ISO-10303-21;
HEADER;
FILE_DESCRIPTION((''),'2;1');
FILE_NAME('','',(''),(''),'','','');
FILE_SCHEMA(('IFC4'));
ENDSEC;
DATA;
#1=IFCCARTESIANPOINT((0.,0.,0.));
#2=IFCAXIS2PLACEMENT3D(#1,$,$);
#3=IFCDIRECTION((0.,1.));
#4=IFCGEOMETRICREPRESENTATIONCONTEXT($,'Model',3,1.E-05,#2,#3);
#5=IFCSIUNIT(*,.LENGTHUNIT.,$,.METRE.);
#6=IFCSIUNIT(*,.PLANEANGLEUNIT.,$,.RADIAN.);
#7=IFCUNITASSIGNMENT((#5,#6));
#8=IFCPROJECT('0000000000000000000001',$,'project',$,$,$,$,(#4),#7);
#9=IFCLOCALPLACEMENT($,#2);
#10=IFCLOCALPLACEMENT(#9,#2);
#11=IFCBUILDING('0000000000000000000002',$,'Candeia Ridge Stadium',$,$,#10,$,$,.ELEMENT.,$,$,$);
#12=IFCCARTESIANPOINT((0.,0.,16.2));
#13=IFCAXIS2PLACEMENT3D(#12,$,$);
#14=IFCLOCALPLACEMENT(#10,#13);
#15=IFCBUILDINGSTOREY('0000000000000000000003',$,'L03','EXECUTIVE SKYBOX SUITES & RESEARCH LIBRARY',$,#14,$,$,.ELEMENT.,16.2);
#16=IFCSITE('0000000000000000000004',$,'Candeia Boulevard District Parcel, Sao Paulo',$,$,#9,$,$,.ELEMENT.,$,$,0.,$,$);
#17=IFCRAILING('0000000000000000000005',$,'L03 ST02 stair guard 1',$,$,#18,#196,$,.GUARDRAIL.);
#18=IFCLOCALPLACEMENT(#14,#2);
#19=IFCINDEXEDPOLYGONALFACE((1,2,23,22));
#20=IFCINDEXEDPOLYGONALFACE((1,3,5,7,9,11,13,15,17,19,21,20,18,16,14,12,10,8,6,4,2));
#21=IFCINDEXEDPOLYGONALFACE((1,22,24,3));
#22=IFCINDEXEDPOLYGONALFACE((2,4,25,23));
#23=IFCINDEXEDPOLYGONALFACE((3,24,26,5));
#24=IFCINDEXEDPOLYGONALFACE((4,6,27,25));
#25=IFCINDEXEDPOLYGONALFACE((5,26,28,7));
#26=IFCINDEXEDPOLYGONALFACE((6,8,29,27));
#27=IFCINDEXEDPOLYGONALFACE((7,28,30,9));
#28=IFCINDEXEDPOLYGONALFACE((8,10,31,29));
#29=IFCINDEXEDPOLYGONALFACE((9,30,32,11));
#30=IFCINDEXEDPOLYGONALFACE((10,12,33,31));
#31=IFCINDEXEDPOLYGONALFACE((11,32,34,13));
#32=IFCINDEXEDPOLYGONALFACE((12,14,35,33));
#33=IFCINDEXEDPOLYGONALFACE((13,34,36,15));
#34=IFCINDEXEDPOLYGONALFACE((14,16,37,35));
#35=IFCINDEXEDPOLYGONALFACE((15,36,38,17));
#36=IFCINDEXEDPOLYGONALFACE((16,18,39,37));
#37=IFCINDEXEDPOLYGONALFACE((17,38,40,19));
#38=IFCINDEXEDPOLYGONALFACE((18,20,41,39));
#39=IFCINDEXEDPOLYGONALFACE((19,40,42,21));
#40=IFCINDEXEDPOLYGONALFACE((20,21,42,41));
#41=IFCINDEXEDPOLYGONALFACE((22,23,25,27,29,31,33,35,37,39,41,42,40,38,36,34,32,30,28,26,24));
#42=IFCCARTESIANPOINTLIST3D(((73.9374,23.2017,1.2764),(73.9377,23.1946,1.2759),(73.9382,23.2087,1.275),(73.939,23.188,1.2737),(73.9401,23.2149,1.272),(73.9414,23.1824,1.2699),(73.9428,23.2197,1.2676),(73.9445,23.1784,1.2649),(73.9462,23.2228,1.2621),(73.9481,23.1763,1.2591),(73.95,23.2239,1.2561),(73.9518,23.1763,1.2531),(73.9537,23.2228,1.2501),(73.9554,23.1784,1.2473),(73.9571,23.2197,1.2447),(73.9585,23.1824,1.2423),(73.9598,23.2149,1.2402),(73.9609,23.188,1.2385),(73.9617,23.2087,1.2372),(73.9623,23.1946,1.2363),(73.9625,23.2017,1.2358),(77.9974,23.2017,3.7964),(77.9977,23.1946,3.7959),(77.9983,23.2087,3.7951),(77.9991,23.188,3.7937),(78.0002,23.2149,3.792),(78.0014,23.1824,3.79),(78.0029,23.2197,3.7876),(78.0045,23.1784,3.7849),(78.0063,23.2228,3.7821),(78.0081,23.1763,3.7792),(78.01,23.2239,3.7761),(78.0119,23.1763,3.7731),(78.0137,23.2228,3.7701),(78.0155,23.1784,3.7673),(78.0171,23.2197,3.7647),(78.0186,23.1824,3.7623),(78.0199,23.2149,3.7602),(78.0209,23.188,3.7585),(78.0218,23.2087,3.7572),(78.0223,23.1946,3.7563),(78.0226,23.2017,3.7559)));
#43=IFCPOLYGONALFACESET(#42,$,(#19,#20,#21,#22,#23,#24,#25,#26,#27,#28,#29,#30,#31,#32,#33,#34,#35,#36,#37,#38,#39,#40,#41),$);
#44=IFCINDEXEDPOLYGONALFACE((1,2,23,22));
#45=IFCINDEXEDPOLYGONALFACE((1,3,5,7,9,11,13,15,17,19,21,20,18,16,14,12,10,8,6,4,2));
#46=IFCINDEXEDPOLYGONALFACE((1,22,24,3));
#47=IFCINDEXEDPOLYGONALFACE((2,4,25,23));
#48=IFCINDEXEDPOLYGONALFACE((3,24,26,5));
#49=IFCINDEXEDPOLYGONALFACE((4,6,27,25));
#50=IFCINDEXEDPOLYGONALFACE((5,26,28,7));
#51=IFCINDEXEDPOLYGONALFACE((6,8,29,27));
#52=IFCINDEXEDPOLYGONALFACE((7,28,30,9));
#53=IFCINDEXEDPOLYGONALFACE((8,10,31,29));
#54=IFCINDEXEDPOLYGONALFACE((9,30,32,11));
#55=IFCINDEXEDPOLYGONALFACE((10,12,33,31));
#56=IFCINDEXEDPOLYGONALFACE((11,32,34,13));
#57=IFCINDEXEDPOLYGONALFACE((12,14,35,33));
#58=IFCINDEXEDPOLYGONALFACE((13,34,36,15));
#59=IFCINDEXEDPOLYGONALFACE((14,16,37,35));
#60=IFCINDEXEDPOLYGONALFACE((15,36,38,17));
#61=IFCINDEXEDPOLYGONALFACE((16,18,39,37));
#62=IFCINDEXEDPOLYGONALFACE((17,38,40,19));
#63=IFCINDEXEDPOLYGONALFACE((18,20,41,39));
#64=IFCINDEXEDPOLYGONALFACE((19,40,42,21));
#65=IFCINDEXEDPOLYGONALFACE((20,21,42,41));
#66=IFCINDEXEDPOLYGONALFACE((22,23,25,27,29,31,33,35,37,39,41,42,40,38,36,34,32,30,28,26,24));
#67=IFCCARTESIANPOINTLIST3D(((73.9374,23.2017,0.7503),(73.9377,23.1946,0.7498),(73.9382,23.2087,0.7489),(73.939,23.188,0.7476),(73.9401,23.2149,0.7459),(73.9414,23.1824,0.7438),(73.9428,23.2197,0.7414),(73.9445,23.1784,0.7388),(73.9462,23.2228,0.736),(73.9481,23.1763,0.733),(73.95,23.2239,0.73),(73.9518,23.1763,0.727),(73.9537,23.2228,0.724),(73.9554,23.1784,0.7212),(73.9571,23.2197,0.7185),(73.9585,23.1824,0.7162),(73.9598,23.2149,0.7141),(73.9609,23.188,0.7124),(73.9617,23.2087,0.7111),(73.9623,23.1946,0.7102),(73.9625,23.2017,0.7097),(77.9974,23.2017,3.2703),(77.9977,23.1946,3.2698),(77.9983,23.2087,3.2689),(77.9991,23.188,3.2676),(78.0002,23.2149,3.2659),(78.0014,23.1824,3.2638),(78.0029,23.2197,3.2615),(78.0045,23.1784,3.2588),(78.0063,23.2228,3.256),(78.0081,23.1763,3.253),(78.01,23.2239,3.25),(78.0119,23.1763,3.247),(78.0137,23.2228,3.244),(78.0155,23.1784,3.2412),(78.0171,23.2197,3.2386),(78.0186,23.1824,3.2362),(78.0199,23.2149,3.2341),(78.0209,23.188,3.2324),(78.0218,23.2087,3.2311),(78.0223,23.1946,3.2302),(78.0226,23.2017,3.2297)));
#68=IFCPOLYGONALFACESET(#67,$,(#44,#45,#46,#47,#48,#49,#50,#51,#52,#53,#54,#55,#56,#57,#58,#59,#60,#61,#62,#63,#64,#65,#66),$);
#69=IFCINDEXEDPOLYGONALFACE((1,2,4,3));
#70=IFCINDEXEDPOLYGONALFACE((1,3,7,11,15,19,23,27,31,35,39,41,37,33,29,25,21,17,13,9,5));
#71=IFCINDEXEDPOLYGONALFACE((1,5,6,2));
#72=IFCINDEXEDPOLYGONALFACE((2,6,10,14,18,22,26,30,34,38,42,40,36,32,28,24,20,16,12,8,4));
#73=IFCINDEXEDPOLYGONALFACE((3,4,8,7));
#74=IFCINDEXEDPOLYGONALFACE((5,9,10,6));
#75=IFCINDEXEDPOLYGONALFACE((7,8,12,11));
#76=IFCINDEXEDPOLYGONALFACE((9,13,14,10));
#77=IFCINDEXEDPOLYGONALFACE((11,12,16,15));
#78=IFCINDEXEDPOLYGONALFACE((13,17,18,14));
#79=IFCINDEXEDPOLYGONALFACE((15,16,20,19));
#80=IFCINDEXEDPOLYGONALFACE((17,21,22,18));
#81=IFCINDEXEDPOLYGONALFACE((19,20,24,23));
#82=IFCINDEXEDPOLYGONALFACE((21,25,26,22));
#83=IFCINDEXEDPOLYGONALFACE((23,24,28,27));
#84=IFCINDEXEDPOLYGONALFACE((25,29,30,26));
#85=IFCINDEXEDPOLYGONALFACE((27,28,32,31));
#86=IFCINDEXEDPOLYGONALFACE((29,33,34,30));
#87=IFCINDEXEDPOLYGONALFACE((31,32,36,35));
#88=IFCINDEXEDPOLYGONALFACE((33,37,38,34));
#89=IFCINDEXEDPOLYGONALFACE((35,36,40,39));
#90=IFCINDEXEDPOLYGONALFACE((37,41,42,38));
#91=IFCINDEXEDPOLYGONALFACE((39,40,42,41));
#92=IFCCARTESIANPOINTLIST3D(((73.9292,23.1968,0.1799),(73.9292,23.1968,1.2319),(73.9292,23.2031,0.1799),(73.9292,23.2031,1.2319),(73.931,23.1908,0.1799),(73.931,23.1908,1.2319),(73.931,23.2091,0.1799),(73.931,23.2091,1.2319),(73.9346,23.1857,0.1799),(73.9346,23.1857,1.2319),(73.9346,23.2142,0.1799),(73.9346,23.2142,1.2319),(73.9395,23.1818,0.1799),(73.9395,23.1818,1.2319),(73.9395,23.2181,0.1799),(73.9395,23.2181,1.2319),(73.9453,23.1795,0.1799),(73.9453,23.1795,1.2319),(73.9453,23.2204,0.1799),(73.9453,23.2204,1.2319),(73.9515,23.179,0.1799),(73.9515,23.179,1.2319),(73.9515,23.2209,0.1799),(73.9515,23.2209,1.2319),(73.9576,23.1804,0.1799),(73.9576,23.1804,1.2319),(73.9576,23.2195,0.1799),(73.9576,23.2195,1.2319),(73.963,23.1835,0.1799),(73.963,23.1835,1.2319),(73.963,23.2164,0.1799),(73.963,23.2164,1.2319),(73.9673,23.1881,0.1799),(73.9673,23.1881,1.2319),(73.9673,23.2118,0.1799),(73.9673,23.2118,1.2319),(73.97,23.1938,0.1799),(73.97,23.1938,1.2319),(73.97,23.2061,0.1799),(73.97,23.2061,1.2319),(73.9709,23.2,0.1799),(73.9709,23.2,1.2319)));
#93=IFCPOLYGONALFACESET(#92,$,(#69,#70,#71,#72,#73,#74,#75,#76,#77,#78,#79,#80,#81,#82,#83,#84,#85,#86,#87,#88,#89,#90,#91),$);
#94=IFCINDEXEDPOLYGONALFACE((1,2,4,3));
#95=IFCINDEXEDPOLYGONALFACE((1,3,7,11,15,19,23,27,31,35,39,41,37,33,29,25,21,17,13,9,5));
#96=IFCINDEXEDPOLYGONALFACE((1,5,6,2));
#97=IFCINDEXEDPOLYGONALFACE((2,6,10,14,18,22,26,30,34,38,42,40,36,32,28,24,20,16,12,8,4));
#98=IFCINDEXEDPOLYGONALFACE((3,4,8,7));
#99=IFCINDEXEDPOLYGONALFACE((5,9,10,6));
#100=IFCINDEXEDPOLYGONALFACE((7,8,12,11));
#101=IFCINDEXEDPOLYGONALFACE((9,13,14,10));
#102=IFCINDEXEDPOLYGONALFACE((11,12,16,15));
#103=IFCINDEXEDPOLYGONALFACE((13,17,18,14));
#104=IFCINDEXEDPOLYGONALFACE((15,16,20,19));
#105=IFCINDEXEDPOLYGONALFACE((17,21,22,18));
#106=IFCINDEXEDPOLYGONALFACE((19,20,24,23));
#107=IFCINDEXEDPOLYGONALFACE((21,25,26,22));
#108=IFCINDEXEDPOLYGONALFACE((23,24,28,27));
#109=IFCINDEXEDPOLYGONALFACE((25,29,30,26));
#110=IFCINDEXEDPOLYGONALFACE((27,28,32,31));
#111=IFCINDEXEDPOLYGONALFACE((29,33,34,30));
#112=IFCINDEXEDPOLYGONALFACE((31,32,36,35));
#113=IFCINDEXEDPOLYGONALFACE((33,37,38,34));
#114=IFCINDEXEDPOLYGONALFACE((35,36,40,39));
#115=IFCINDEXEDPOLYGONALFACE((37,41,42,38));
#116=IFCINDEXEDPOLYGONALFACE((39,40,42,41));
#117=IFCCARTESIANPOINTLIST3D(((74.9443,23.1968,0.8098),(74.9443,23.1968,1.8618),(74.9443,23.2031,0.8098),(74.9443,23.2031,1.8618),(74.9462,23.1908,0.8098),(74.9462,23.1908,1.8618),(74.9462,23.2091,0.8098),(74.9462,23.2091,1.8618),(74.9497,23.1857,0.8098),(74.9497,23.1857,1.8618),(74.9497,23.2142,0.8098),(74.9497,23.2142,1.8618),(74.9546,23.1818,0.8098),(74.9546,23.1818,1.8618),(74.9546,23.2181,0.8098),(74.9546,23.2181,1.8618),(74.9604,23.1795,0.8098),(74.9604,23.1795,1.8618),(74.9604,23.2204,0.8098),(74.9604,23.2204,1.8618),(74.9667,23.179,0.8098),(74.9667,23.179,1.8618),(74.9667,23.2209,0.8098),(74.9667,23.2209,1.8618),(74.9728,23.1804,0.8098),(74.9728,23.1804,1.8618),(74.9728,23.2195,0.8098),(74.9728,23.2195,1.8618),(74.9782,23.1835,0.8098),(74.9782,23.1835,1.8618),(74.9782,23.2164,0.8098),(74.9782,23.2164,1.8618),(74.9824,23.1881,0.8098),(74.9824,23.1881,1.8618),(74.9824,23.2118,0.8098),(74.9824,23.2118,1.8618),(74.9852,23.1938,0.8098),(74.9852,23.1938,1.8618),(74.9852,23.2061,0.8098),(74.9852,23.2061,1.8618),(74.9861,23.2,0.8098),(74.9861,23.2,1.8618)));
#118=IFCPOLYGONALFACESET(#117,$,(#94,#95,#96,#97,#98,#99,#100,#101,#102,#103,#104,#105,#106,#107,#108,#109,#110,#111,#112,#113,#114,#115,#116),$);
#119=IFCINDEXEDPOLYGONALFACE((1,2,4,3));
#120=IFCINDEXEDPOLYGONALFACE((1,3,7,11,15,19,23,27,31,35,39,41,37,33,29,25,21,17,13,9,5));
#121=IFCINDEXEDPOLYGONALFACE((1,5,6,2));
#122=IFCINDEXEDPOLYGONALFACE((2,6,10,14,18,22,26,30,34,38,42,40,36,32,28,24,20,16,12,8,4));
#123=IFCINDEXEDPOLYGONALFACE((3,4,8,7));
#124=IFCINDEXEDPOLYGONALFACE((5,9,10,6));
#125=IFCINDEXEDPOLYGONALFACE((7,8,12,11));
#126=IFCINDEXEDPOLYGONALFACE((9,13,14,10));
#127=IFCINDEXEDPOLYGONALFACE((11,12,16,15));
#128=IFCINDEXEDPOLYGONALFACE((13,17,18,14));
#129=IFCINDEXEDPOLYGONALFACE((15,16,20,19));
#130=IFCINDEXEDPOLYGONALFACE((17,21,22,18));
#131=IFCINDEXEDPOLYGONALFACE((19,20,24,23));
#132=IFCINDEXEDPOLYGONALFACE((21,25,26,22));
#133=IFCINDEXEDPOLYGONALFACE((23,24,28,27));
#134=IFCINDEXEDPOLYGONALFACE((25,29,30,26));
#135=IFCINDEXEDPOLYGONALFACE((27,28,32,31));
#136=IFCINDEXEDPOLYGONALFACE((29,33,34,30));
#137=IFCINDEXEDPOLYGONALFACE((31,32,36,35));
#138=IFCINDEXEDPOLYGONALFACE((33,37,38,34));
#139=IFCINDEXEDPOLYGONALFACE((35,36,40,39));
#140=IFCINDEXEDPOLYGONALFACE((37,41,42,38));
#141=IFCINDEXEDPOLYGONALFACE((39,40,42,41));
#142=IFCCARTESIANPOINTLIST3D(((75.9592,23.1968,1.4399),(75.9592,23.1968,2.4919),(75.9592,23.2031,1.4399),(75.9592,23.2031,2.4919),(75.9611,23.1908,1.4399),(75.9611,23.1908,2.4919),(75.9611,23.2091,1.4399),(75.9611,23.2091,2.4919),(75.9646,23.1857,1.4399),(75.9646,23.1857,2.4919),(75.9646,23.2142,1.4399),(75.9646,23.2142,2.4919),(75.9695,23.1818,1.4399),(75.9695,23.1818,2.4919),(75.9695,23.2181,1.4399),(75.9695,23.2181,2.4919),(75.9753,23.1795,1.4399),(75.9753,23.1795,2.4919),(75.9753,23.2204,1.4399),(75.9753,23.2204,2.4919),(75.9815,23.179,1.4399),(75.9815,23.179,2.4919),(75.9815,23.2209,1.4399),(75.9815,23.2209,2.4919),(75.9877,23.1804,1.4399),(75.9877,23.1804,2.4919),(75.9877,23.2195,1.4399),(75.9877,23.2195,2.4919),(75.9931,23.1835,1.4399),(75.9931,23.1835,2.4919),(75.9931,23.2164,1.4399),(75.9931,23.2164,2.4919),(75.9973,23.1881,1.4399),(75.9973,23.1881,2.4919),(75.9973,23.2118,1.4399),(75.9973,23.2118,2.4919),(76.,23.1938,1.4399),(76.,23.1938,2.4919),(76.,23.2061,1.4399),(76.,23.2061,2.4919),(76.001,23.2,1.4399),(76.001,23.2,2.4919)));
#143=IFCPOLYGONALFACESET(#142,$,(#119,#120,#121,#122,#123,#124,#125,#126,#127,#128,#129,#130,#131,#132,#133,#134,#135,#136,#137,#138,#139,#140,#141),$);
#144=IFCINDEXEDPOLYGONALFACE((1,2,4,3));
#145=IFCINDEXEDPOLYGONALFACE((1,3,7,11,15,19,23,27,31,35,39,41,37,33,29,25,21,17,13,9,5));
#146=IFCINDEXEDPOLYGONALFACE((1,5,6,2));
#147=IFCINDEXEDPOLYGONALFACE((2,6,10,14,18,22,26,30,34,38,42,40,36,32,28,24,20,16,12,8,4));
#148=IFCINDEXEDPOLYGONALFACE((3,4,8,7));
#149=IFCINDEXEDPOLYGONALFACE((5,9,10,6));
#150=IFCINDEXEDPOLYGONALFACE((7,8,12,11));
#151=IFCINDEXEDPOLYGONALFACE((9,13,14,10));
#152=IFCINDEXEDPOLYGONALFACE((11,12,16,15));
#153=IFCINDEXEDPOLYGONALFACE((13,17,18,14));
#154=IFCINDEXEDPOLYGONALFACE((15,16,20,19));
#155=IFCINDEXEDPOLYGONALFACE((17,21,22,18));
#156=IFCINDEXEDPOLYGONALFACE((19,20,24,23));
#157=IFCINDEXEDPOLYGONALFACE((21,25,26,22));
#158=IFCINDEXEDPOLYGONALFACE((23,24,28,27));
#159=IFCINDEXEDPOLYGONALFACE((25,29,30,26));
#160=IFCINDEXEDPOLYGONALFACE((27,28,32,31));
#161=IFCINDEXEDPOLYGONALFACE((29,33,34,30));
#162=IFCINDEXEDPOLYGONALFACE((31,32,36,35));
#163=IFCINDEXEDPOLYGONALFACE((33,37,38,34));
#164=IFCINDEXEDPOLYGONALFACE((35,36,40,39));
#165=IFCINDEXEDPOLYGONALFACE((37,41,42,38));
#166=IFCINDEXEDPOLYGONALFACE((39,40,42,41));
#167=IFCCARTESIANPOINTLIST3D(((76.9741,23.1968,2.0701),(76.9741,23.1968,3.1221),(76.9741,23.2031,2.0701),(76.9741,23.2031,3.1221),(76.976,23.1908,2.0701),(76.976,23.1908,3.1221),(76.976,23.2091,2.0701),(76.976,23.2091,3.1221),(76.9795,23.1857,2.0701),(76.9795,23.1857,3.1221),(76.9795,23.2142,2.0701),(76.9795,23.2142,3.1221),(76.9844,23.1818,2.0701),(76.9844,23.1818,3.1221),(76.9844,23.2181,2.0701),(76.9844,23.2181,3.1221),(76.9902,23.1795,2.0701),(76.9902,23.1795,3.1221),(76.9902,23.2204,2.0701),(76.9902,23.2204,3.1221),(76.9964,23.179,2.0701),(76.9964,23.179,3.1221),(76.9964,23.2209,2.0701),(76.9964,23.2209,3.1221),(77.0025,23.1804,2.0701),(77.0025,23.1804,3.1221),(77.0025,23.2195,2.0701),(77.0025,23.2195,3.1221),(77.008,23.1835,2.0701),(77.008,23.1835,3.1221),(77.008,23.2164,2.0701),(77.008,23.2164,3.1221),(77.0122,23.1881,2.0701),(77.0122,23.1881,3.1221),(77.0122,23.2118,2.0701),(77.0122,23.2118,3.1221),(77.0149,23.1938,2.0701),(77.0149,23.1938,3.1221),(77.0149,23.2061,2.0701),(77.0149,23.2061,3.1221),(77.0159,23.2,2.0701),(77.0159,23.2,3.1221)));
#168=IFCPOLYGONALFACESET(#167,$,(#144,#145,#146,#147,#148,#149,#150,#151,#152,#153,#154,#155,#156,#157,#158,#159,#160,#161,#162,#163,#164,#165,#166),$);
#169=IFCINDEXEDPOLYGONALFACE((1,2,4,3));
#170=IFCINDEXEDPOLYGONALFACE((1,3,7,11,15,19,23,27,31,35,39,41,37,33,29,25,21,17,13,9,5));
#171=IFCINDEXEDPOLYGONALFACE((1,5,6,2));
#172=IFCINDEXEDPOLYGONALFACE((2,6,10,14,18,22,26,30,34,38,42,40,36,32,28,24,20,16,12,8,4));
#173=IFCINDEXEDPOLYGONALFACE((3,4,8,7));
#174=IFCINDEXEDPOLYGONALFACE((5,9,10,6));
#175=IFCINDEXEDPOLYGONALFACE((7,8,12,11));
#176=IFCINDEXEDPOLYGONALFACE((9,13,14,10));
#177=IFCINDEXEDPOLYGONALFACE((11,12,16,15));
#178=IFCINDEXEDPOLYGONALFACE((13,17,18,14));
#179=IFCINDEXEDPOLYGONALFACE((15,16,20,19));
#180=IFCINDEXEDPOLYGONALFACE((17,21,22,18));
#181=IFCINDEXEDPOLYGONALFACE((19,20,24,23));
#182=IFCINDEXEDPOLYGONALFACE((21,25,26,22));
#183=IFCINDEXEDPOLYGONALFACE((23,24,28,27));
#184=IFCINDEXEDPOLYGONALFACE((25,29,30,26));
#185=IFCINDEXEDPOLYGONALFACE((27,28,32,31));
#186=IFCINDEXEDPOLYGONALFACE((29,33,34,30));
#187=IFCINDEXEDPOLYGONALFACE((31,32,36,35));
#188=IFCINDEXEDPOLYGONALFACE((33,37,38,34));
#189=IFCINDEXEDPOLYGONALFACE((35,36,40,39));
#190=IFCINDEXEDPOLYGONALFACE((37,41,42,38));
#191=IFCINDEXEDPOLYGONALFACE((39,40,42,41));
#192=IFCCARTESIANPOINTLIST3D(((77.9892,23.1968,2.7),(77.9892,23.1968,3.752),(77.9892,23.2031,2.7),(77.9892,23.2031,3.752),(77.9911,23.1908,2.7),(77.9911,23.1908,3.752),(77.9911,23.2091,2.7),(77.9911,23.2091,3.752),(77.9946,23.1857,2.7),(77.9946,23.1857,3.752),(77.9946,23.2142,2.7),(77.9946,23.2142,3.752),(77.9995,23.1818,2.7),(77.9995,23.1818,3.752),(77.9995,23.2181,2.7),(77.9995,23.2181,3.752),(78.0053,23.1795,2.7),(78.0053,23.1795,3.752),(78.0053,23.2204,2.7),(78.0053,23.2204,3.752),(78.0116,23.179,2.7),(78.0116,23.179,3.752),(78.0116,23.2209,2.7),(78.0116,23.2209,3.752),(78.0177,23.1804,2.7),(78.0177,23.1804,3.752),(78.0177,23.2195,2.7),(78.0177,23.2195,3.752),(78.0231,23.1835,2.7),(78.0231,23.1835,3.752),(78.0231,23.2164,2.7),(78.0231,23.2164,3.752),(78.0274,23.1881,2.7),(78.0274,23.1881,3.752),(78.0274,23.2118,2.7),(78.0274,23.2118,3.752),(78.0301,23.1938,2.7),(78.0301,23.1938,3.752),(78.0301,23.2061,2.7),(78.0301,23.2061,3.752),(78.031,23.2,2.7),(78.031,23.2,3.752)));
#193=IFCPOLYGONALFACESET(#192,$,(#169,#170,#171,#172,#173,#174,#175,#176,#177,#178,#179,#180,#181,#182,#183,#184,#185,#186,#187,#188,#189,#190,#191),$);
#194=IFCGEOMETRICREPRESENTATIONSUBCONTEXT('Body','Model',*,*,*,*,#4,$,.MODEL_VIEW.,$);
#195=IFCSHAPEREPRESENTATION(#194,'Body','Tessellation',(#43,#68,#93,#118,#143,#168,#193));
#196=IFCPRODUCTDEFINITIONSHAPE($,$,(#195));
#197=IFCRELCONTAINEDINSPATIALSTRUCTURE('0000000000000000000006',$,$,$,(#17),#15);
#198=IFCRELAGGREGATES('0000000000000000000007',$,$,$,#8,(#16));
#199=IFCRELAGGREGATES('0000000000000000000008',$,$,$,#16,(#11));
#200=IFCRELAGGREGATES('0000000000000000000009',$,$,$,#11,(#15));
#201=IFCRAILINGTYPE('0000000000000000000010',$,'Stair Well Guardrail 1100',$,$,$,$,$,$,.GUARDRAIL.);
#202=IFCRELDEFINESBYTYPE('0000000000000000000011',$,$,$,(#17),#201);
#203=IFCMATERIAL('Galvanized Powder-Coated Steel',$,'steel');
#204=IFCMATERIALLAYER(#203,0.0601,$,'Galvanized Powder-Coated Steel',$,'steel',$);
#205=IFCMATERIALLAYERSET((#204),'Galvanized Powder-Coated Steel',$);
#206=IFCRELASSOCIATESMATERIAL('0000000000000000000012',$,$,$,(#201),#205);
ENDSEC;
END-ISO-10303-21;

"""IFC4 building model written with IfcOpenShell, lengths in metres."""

from ifc_helpers import new_model, si_unit, direction, frame, origin, origin_2d, place, context, subcontext, project, spatial, circle, extrude, material, layer, layer_set, type_object, element, save


model = new_model("IFC4")

# Units and contexts
model_context = context("Model", 3, precision=1e-05, world=origin(), true_north=direction((0.0, 1.0)))
body_context = subcontext(model_context, "Body", "Model", "MODEL_VIEW")
ifc_project = project(units=[si_unit("LENGTHUNIT", "METRE"), si_unit("PLANEANGLEUNIT", "RADIAN")], contexts=[model_context])

# Site, building, storey
site_placement = place(None, origin())
site = spatial("IfcSite", under=ifc_project, at=site_placement, Name="Candeia Boulevard District Parcel, Sao Paulo", CompositionType="ELEMENT", RefElevation=0.0)
building_placement = place(site_placement, origin())
building = spatial("IfcBuilding", under=site, at=building_placement, Name="Candeia Ridge Stadium", CompositionType="ELEMENT")
storey_placement = place(building_placement, frame((0.0, 0.0, 16.2)))
storey = spatial("IfcBuildingStorey", under=building, at=storey_placement, Name="L03", Description="EXECUTIVE SKYBOX SUITES & RESEARCH LIBRARY", CompositionType="ELEMENT", Elevation=16.2)

# Railing
ifc_material_1 = material(Name="Galvanized Powder-Coated Steel", Category="steel")
ifc_layer_1 = layer(ifc_material_1, 0.0601, Name="Galvanized Powder-Coated Steel", Category="steel")
ifc_layer_set_1 = layer_set([ifc_layer_1], Name="Galvanized Powder-Coated Steel")
railing_type_1 = type_object("IfcRailingType", Name="Stair Well Guardrail 1100", PredefinedType="GUARDRAIL", material=ifc_layer_set_1)
railing_1_placement = place(storey_placement, frame((73.95, 23.2, 0.1799)))
element("IfcRailing", 1, at=railing_1_placement, inside=storey, type_object=railing_type_1, Name="L03 ST02 stair guard 1", PredefinedType="GUARDRAIL", context=body_context, shape_type="SweptSolid", body=[
    extrude(circle(Radius=0.0239, at=origin_2d()), frame((0.0, 0.0, 1.0762), z_axis=(0.849642, 0.0, 0.52736), x_axis=(0.0, 1.0, 0.0)), (0.0, 0.0, 1.0), 4.7786),
    extrude(circle(Radius=0.0239, at=origin_2d()), frame((0.0, 0.0, 0.55), z_axis=(0.849642, 0.0, 0.52736), x_axis=(0.0, 1.0, 0.0)), (0.0, 0.0, 1.0), 4.7786),
    extrude(circle(Radius=0.021, at=origin_2d()), origin(), (0.0, 0.0, 1.0), 1.052),
    extrude(circle(Radius=0.021, at=origin_2d()), frame((1.0151, 0.0, 0.6299)), (0.0, 0.0, 1.0), 1.052),
    extrude(circle(Radius=0.021, at=origin_2d()), frame((2.03, 0.0, 1.26)), (0.0, 0.0, 1.0), 1.052),
    extrude(circle(Radius=0.021, at=origin_2d()), frame((3.0449, 0.0, 1.8901)), (0.0, 0.0, 1.0), 1.052),
    extrude(circle(Radius=0.021, at=origin_2d()), frame((4.0601, 0.0, 2.52)), (0.0, 0.0, 1.0), 1.052),
])

save(model, "model.ifc")
